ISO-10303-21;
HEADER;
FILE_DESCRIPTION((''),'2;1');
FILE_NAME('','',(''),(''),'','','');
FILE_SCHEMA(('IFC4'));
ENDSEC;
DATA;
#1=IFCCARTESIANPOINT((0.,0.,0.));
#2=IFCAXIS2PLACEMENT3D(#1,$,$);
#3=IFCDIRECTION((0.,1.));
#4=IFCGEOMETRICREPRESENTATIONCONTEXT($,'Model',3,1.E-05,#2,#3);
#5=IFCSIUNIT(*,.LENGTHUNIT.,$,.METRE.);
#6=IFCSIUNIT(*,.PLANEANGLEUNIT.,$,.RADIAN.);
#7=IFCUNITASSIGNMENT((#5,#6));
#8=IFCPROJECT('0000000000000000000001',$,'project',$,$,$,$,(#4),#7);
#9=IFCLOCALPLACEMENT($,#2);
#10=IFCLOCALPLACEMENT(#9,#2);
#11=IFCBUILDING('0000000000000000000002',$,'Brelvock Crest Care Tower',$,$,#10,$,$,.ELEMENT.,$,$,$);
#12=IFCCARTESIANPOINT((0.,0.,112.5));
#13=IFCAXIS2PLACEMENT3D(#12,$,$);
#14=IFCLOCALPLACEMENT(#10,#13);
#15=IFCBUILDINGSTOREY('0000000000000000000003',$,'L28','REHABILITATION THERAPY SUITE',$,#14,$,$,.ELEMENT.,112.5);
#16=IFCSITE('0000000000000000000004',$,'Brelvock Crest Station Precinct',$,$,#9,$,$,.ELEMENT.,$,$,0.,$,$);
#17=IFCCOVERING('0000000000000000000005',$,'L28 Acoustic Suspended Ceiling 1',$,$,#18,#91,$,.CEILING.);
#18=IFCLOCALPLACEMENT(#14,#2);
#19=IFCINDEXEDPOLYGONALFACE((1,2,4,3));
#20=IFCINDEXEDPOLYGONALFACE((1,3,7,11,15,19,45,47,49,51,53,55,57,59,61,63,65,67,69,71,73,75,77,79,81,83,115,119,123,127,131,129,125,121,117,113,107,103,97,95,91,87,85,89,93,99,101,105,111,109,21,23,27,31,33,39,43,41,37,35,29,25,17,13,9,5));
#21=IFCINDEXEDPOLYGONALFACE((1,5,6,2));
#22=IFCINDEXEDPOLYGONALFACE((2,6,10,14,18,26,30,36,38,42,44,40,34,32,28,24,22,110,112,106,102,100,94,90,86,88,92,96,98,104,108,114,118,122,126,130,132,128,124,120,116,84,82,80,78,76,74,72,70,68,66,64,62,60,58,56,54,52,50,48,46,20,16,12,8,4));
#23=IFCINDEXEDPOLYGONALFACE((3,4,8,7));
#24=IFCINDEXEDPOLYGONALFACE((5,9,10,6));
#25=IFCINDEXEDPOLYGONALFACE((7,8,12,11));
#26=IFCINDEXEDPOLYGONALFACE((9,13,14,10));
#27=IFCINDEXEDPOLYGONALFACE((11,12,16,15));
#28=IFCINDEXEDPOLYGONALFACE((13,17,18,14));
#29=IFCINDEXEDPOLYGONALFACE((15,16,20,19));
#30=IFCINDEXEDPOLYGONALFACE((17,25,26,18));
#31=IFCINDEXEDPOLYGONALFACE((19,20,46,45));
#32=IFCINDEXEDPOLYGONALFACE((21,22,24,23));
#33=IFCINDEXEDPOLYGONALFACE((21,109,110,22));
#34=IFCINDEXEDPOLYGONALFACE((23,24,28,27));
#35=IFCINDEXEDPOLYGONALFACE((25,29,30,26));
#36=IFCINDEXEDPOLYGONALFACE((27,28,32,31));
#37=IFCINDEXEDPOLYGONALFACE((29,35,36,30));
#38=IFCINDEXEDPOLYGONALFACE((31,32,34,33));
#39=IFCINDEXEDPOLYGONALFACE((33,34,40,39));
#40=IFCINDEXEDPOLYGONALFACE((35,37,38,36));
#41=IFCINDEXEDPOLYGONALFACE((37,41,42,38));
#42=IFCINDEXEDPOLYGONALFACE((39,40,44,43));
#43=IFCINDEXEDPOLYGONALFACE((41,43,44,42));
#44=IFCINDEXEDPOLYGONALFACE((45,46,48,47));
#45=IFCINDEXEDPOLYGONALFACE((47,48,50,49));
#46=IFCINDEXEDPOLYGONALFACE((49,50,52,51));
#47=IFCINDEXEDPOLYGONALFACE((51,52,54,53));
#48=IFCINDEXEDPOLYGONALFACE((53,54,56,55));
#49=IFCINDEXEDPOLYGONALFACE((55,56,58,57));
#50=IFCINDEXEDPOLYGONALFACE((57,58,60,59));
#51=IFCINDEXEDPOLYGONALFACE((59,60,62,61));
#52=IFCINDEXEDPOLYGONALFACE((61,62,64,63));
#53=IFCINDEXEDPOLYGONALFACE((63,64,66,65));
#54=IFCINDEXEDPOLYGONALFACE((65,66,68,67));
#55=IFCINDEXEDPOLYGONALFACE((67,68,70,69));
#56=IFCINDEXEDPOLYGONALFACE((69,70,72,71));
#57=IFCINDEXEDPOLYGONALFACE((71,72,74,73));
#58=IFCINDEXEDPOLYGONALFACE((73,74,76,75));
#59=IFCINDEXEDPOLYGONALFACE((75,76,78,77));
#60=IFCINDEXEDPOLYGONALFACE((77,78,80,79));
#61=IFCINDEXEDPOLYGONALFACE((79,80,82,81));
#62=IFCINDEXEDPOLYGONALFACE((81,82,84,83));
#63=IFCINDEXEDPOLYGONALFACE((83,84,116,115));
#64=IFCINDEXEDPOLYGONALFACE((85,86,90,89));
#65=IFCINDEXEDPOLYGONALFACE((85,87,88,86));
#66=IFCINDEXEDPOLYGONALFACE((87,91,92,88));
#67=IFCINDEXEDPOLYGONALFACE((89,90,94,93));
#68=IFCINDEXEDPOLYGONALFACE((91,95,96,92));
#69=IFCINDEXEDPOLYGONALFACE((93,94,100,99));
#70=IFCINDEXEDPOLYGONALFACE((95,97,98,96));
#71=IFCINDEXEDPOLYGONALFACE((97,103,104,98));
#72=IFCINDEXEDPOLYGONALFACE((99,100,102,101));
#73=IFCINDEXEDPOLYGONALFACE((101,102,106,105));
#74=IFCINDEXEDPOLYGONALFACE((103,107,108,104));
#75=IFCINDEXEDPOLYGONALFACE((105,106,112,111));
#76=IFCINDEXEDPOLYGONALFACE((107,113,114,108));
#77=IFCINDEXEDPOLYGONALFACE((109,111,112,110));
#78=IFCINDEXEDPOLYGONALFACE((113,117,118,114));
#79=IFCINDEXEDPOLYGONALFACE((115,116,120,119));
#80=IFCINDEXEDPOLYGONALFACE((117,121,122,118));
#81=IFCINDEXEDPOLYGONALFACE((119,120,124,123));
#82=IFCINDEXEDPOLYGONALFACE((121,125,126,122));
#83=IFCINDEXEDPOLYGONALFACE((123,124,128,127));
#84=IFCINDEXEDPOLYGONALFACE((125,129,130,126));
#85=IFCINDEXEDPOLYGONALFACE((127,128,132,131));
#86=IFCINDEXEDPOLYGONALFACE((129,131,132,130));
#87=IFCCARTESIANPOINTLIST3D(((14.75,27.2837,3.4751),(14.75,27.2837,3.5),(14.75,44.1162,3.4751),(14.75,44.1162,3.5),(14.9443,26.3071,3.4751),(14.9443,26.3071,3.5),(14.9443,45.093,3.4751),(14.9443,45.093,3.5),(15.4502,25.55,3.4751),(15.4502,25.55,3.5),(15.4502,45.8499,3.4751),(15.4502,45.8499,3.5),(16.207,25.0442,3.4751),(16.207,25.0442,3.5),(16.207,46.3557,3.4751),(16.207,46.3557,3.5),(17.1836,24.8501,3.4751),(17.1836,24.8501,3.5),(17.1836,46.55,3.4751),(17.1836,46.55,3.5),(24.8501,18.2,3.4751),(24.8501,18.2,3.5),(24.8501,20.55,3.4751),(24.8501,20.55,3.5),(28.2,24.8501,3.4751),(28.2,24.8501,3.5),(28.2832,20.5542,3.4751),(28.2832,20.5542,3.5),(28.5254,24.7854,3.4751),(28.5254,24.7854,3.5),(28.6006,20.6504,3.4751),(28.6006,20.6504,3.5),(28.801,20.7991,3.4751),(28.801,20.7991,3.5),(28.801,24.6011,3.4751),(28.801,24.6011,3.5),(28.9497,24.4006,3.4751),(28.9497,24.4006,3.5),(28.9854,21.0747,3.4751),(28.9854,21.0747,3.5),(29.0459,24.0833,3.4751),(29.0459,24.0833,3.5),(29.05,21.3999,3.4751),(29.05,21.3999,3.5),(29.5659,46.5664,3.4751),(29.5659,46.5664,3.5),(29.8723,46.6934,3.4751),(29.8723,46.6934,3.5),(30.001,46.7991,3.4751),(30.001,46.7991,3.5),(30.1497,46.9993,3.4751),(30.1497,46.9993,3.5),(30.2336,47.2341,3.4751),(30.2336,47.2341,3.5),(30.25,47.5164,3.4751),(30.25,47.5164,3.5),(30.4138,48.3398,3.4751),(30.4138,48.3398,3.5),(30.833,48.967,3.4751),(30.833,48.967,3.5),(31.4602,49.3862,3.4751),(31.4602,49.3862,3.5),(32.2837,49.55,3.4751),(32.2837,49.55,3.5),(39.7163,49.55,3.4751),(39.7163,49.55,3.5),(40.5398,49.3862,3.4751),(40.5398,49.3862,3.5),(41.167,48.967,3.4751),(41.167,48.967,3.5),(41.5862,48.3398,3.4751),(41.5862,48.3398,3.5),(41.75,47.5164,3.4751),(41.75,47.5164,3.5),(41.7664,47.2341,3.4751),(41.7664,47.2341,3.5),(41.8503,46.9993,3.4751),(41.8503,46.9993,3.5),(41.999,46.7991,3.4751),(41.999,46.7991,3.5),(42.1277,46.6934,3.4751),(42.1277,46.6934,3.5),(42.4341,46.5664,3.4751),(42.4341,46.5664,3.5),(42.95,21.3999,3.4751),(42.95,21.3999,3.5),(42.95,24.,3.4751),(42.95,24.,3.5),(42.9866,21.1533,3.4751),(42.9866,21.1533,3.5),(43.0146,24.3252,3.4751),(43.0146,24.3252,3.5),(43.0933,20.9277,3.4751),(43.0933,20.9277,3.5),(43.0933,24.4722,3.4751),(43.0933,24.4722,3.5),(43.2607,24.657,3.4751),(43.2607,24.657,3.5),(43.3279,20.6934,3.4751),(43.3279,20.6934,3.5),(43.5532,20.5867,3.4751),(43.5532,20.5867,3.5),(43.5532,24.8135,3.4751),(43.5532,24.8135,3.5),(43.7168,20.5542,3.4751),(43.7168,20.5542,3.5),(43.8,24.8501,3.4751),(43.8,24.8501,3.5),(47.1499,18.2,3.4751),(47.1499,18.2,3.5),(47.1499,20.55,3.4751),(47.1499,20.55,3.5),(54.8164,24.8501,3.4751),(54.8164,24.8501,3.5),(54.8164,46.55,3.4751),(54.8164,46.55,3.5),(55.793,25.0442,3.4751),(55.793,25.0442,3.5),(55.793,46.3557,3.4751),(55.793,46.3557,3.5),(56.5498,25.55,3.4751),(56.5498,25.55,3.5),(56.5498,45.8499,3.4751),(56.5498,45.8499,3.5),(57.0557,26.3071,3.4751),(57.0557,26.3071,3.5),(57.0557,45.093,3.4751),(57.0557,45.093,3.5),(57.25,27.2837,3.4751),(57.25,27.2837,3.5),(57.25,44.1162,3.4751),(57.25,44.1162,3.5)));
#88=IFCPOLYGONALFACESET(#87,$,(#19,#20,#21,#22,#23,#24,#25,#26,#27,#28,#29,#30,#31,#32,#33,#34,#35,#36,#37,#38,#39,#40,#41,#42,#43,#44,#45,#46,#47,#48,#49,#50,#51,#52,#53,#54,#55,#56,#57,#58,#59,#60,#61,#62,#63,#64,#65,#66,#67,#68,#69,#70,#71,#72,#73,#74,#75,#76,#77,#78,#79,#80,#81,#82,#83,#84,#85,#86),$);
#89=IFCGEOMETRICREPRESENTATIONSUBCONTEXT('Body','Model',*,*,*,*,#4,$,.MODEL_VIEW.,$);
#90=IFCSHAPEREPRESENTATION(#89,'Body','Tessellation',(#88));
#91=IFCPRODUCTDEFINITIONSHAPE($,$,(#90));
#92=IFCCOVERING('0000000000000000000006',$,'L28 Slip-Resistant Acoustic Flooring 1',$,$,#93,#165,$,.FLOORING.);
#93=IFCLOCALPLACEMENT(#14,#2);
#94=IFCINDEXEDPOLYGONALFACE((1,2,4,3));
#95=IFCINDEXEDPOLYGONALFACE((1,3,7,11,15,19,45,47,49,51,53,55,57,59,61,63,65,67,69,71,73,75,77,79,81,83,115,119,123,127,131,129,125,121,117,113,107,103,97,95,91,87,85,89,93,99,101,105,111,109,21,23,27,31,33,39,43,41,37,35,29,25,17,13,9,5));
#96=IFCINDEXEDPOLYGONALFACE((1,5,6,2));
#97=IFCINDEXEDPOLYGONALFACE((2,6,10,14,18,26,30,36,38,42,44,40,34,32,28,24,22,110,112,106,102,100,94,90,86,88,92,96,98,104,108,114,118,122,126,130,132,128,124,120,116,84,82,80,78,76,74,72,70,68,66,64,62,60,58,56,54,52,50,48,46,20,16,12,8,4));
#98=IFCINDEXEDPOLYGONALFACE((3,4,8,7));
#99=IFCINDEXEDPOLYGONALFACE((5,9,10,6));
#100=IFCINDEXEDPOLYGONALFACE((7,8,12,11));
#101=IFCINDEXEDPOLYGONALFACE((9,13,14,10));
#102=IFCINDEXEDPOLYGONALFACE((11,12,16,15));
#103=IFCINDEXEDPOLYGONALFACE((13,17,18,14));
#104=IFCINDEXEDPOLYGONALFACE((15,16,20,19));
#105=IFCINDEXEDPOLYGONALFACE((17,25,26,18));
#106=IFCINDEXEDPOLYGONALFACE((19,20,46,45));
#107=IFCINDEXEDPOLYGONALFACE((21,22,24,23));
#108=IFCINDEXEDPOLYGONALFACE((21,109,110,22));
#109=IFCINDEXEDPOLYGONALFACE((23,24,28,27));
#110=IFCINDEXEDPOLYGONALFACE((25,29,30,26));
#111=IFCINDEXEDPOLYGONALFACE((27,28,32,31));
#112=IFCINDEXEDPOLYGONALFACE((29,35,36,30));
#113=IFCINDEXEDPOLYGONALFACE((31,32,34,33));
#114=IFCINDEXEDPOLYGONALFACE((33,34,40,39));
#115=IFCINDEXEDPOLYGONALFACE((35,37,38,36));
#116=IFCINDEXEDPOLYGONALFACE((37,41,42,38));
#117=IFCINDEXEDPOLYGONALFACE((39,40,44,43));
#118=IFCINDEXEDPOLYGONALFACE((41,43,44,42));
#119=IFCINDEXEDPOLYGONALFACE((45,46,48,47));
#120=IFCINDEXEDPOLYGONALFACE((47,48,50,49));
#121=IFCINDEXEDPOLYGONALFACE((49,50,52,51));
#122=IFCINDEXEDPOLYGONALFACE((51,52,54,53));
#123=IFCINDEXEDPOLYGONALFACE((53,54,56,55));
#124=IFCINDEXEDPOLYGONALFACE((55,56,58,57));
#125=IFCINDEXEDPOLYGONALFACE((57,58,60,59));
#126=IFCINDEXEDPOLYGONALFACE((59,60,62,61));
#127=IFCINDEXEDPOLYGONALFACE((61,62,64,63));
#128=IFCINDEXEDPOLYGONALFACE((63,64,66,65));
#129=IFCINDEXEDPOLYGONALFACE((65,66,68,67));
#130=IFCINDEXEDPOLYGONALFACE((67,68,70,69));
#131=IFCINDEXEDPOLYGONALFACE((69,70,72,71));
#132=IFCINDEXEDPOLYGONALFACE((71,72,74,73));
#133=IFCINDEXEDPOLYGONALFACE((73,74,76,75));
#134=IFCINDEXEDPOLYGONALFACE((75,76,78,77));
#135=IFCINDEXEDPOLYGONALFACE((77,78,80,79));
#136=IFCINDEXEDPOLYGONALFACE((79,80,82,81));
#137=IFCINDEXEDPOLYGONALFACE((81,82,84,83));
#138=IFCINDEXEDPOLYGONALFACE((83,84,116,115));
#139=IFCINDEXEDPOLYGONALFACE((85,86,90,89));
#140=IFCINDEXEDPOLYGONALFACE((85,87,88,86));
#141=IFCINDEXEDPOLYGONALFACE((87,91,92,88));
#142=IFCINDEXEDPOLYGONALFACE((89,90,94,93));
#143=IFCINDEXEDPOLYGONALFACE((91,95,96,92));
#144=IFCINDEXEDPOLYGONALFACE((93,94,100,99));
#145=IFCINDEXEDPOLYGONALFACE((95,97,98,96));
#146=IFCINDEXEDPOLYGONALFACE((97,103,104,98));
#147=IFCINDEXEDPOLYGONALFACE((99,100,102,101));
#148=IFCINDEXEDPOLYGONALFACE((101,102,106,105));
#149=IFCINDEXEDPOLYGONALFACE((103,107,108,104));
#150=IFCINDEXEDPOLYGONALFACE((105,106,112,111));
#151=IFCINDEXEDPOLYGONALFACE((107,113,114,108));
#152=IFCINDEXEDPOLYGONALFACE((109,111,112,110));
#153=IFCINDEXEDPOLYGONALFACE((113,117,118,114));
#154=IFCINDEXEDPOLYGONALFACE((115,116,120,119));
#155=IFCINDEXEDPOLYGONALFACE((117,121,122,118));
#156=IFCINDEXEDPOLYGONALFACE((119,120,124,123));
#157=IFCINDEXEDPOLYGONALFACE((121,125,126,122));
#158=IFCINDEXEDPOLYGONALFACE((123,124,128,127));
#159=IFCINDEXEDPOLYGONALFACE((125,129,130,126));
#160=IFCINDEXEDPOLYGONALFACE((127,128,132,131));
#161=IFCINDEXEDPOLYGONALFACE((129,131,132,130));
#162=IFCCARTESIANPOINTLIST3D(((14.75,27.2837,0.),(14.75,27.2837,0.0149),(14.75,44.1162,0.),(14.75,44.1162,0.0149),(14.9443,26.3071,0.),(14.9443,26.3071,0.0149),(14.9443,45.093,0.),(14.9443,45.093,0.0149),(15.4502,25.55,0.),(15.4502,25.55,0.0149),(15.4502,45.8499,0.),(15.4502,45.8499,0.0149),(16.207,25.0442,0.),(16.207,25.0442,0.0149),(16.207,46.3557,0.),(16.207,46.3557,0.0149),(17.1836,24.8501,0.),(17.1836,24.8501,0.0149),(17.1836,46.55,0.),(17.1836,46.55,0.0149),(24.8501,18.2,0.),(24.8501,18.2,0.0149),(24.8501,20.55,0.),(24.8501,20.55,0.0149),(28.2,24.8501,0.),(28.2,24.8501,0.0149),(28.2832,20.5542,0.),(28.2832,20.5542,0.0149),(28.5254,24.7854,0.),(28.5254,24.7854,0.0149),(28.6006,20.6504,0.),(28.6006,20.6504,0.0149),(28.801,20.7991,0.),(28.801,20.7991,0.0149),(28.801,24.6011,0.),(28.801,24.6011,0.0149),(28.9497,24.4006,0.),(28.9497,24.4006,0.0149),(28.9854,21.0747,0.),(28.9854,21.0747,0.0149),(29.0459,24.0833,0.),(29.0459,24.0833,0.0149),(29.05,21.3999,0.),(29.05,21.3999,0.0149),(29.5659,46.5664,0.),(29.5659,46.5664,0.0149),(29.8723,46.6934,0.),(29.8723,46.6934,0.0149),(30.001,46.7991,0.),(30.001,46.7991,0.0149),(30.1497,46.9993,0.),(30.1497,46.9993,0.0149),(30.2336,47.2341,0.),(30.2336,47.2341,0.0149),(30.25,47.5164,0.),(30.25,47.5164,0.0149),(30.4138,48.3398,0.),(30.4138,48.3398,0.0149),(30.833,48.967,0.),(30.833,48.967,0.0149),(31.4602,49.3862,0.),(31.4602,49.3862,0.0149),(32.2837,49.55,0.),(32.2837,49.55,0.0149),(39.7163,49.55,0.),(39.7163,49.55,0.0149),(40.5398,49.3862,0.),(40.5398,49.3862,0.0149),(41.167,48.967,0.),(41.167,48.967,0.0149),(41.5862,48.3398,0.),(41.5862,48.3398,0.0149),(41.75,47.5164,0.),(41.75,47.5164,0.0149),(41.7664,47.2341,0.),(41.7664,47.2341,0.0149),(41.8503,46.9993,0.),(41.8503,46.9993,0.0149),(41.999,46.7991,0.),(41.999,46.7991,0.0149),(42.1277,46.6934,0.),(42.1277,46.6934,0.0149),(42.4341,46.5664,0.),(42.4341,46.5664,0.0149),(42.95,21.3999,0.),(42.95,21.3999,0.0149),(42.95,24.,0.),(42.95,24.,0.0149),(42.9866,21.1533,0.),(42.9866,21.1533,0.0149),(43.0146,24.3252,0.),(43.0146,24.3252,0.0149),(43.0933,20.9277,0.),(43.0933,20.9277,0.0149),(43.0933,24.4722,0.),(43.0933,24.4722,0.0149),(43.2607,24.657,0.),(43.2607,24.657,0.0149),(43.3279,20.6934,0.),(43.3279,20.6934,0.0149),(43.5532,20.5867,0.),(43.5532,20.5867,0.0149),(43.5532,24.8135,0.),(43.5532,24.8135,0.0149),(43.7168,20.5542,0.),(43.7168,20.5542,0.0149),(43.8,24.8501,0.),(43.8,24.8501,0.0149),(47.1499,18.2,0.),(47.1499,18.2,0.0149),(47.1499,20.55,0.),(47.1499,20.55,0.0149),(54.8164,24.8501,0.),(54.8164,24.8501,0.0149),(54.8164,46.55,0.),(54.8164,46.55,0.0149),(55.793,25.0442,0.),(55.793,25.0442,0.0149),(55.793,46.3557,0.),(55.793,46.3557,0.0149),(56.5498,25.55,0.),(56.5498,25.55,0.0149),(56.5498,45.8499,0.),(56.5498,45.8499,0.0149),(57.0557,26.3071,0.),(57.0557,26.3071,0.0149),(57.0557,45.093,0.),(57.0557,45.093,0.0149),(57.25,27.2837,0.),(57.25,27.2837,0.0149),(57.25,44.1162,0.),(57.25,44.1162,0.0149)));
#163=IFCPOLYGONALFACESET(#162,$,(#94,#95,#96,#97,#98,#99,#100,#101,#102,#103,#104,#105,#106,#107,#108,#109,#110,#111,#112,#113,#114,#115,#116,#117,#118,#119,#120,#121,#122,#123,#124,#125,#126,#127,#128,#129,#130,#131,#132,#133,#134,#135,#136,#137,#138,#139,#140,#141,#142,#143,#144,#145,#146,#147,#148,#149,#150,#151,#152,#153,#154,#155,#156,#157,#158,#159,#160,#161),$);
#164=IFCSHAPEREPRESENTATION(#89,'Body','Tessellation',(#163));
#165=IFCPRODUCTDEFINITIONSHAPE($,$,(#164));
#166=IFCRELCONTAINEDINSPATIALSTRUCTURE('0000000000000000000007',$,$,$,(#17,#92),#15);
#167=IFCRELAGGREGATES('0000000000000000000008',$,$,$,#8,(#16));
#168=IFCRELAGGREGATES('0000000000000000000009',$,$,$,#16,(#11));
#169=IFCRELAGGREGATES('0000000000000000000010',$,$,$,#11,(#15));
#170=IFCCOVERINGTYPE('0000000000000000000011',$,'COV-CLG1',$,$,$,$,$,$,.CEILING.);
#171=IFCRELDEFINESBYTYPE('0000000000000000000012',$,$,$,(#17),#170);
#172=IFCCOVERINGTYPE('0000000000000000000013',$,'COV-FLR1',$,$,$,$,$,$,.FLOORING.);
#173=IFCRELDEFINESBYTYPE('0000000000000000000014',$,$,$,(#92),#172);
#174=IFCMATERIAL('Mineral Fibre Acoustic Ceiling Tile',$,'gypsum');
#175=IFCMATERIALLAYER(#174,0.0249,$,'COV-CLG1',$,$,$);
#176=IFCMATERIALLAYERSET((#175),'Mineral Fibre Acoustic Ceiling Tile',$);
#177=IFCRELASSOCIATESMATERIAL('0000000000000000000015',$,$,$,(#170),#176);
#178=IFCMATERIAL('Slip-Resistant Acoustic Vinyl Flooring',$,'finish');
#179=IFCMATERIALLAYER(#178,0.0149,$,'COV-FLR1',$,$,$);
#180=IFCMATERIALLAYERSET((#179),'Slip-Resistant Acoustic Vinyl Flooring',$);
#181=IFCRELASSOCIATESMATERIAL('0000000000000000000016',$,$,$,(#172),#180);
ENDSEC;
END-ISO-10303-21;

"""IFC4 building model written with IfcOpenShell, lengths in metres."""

from ifc_helpers import new_model, si_unit, direction, frame, origin, place, context, subcontext, project, spatial, polyline, outline, extrude, material, layer, layer_set, type_object, element, save


model = new_model("IFC4")

# Units and contexts
model_context = context("Model", 3, precision=1e-05, world=origin(), true_north=direction((0.0, 1.0)))
body_context = subcontext(model_context, "Body", "Model", "MODEL_VIEW")
ifc_project = project(units=[si_unit("LENGTHUNIT", "METRE"), si_unit("PLANEANGLEUNIT", "RADIAN")], contexts=[model_context])

# Site, building, storey
site_placement = place(None, origin())
site = spatial("IfcSite", under=ifc_project, at=site_placement, Name="Brelvock Crest Station Precinct", CompositionType="ELEMENT", RefElevation=0.0)
building_placement = place(site_placement, origin())
building = spatial("IfcBuilding", under=site, at=building_placement, Name="Brelvock Crest Care Tower", CompositionType="ELEMENT")
storey_placement = place(building_placement, frame((0.0, 0.0, 112.5)))
storey = spatial("IfcBuildingStorey", under=building, at=storey_placement, Name="L28", Description="REHABILITATION THERAPY SUITE", CompositionType="ELEMENT", Elevation=112.5)

# Coverings
ifc_material_1 = material(Name="Mineral Fibre Acoustic Ceiling Tile", Category="gypsum")
ifc_layer_1 = layer(ifc_material_1, 0.0249, Name="COV-CLG1")
ifc_layer_set_1 = layer_set([ifc_layer_1], Name="Mineral Fibre Acoustic Ceiling Tile")
covering_type_1 = type_object("IfcCoveringType", Name="COV-CLG1", PredefinedType="CEILING", material=ifc_layer_set_1)
covering_1_placement = place(storey_placement, frame((0.0, 0.0, 3.4751)))
element("IfcCovering", 1, at=covering_1_placement, inside=storey, type_object=covering_type_1, Name="L28 Acoustic Suspended Ceiling 1", PredefinedType="CEILING", context=body_context, shape_type="SweptSolid", body=[
    extrude(outline(polyline([(24.8501, 18.2), (47.1499, 18.2), (47.1499, 20.55), (43.7168, 20.5542), (43.5532, 20.5867), (43.3279, 20.6934), (43.0933, 20.9277), (42.9866, 21.1533), (42.95, 21.3999), (42.95, 24.0), (43.0146, 24.3252), (43.0933, 24.4722), (43.2607, 24.657), (43.5532, 24.8135), (43.8, 24.8501), (54.8164, 24.8501), (55.793, 25.0442), (56.5498, 25.55), (57.0557, 26.3071), (57.25, 27.2837), (57.25, 44.1162), (57.0557, 45.093), (56.5498, 45.8499), (55.793, 46.3557), (54.8164, 46.55), (42.4341, 46.5664), (42.1277, 46.6934), (41.999, 46.7991), (41.8503, 46.9993), (41.7664, 47.2341), (41.75, 47.5164), (41.5862, 48.3398), (41.167, 48.967), (40.5398, 49.3862), (39.7163, 49.55), (32.2837, 49.55), (31.4602, 49.3862), (30.833, 48.967), (30.4138, 48.3398), (30.25, 47.5164), (30.2336, 47.2341), (30.1497, 46.9993), (30.001, 46.7991), (29.8723, 46.6934), (29.5659, 46.5664), (17.1836, 46.55), (16.207, 46.3557), (15.4502, 45.8499), (14.9443, 45.093), (14.75, 44.1162), (14.75, 27.2837), (14.9443, 26.3071), (15.4502, 25.55), (16.207, 25.0442), (17.1836, 24.8501), (28.2, 24.8501), (28.5254, 24.7854), (28.801, 24.6011), (28.9497, 24.4006), (29.0459, 24.0833), (29.05, 21.3999), (28.9854, 21.0747), (28.801, 20.7991), (28.6006, 20.6504), (28.2832, 20.5542), (24.8501, 20.55), (24.8501, 18.2)])), origin(), (0.0, 0.0, 1.0), 0.0249),
])
ifc_material_2 = material(Name="Slip-Resistant Acoustic Vinyl Flooring", Category="finish")
ifc_layer_2 = layer(ifc_material_2, 0.0149, Name="COV-FLR1")
ifc_layer_set_2 = layer_set([ifc_layer_2], Name="Slip-Resistant Acoustic Vinyl Flooring")
covering_type_2 = type_object("IfcCoveringType", Name="COV-FLR1", PredefinedType="FLOORING", material=ifc_layer_set_2)
covering_2_placement = place(storey_placement, origin())
element("IfcCovering", 2, at=covering_2_placement, inside=storey, type_object=covering_type_2, Name="L28 Slip-Resistant Acoustic Flooring 1", PredefinedType="FLOORING", context=body_context, shape_type="SweptSolid", body=[
    extrude(outline(polyline([(24.8501, 18.2), (47.1499, 18.2), (47.1499, 20.55), (43.7168, 20.5542), (43.5532, 20.5867), (43.3279, 20.6934), (43.0933, 20.9277), (42.9866, 21.1533), (42.95, 21.3999), (42.95, 24.0), (43.0146, 24.3252), (43.0933, 24.4722), (43.2607, 24.657), (43.5532, 24.8135), (43.8, 24.8501), (54.8164, 24.8501), (55.793, 25.0442), (56.5498, 25.55), (57.0557, 26.3071), (57.25, 27.2837), (57.25, 44.1162), (57.0557, 45.093), (56.5498, 45.8499), (55.793, 46.3557), (54.8164, 46.55), (42.4341, 46.5664), (42.1277, 46.6934), (41.999, 46.7991), (41.8503, 46.9993), (41.7664, 47.2341), (41.75, 47.5164), (41.5862, 48.3398), (41.167, 48.967), (40.5398, 49.3862), (39.7163, 49.55), (32.2837, 49.55), (31.4602, 49.3862), (30.833, 48.967), (30.4138, 48.3398), (30.25, 47.5164), (30.2336, 47.2341), (30.1497, 46.9993), (30.001, 46.7991), (29.8723, 46.6934), (29.5659, 46.5664), (17.1836, 46.55), (16.207, 46.3557), (15.4502, 45.8499), (14.9443, 45.093), (14.75, 44.1162), (14.75, 27.2837), (14.9443, 26.3071), (15.4502, 25.55), (16.207, 25.0442), (17.1836, 24.8501), (28.2, 24.8501), (28.5254, 24.7854), (28.801, 24.6011), (28.9497, 24.4006), (29.0459, 24.0833), (29.05, 21.3999), (28.9854, 21.0747), (28.801, 20.7991), (28.6006, 20.6504), (28.2832, 20.5542), (24.8501, 20.55), (24.8501, 18.2)])), origin(), (0.0, 0.0, 1.0), 0.0149),
])

save(model, "model.ifc")
